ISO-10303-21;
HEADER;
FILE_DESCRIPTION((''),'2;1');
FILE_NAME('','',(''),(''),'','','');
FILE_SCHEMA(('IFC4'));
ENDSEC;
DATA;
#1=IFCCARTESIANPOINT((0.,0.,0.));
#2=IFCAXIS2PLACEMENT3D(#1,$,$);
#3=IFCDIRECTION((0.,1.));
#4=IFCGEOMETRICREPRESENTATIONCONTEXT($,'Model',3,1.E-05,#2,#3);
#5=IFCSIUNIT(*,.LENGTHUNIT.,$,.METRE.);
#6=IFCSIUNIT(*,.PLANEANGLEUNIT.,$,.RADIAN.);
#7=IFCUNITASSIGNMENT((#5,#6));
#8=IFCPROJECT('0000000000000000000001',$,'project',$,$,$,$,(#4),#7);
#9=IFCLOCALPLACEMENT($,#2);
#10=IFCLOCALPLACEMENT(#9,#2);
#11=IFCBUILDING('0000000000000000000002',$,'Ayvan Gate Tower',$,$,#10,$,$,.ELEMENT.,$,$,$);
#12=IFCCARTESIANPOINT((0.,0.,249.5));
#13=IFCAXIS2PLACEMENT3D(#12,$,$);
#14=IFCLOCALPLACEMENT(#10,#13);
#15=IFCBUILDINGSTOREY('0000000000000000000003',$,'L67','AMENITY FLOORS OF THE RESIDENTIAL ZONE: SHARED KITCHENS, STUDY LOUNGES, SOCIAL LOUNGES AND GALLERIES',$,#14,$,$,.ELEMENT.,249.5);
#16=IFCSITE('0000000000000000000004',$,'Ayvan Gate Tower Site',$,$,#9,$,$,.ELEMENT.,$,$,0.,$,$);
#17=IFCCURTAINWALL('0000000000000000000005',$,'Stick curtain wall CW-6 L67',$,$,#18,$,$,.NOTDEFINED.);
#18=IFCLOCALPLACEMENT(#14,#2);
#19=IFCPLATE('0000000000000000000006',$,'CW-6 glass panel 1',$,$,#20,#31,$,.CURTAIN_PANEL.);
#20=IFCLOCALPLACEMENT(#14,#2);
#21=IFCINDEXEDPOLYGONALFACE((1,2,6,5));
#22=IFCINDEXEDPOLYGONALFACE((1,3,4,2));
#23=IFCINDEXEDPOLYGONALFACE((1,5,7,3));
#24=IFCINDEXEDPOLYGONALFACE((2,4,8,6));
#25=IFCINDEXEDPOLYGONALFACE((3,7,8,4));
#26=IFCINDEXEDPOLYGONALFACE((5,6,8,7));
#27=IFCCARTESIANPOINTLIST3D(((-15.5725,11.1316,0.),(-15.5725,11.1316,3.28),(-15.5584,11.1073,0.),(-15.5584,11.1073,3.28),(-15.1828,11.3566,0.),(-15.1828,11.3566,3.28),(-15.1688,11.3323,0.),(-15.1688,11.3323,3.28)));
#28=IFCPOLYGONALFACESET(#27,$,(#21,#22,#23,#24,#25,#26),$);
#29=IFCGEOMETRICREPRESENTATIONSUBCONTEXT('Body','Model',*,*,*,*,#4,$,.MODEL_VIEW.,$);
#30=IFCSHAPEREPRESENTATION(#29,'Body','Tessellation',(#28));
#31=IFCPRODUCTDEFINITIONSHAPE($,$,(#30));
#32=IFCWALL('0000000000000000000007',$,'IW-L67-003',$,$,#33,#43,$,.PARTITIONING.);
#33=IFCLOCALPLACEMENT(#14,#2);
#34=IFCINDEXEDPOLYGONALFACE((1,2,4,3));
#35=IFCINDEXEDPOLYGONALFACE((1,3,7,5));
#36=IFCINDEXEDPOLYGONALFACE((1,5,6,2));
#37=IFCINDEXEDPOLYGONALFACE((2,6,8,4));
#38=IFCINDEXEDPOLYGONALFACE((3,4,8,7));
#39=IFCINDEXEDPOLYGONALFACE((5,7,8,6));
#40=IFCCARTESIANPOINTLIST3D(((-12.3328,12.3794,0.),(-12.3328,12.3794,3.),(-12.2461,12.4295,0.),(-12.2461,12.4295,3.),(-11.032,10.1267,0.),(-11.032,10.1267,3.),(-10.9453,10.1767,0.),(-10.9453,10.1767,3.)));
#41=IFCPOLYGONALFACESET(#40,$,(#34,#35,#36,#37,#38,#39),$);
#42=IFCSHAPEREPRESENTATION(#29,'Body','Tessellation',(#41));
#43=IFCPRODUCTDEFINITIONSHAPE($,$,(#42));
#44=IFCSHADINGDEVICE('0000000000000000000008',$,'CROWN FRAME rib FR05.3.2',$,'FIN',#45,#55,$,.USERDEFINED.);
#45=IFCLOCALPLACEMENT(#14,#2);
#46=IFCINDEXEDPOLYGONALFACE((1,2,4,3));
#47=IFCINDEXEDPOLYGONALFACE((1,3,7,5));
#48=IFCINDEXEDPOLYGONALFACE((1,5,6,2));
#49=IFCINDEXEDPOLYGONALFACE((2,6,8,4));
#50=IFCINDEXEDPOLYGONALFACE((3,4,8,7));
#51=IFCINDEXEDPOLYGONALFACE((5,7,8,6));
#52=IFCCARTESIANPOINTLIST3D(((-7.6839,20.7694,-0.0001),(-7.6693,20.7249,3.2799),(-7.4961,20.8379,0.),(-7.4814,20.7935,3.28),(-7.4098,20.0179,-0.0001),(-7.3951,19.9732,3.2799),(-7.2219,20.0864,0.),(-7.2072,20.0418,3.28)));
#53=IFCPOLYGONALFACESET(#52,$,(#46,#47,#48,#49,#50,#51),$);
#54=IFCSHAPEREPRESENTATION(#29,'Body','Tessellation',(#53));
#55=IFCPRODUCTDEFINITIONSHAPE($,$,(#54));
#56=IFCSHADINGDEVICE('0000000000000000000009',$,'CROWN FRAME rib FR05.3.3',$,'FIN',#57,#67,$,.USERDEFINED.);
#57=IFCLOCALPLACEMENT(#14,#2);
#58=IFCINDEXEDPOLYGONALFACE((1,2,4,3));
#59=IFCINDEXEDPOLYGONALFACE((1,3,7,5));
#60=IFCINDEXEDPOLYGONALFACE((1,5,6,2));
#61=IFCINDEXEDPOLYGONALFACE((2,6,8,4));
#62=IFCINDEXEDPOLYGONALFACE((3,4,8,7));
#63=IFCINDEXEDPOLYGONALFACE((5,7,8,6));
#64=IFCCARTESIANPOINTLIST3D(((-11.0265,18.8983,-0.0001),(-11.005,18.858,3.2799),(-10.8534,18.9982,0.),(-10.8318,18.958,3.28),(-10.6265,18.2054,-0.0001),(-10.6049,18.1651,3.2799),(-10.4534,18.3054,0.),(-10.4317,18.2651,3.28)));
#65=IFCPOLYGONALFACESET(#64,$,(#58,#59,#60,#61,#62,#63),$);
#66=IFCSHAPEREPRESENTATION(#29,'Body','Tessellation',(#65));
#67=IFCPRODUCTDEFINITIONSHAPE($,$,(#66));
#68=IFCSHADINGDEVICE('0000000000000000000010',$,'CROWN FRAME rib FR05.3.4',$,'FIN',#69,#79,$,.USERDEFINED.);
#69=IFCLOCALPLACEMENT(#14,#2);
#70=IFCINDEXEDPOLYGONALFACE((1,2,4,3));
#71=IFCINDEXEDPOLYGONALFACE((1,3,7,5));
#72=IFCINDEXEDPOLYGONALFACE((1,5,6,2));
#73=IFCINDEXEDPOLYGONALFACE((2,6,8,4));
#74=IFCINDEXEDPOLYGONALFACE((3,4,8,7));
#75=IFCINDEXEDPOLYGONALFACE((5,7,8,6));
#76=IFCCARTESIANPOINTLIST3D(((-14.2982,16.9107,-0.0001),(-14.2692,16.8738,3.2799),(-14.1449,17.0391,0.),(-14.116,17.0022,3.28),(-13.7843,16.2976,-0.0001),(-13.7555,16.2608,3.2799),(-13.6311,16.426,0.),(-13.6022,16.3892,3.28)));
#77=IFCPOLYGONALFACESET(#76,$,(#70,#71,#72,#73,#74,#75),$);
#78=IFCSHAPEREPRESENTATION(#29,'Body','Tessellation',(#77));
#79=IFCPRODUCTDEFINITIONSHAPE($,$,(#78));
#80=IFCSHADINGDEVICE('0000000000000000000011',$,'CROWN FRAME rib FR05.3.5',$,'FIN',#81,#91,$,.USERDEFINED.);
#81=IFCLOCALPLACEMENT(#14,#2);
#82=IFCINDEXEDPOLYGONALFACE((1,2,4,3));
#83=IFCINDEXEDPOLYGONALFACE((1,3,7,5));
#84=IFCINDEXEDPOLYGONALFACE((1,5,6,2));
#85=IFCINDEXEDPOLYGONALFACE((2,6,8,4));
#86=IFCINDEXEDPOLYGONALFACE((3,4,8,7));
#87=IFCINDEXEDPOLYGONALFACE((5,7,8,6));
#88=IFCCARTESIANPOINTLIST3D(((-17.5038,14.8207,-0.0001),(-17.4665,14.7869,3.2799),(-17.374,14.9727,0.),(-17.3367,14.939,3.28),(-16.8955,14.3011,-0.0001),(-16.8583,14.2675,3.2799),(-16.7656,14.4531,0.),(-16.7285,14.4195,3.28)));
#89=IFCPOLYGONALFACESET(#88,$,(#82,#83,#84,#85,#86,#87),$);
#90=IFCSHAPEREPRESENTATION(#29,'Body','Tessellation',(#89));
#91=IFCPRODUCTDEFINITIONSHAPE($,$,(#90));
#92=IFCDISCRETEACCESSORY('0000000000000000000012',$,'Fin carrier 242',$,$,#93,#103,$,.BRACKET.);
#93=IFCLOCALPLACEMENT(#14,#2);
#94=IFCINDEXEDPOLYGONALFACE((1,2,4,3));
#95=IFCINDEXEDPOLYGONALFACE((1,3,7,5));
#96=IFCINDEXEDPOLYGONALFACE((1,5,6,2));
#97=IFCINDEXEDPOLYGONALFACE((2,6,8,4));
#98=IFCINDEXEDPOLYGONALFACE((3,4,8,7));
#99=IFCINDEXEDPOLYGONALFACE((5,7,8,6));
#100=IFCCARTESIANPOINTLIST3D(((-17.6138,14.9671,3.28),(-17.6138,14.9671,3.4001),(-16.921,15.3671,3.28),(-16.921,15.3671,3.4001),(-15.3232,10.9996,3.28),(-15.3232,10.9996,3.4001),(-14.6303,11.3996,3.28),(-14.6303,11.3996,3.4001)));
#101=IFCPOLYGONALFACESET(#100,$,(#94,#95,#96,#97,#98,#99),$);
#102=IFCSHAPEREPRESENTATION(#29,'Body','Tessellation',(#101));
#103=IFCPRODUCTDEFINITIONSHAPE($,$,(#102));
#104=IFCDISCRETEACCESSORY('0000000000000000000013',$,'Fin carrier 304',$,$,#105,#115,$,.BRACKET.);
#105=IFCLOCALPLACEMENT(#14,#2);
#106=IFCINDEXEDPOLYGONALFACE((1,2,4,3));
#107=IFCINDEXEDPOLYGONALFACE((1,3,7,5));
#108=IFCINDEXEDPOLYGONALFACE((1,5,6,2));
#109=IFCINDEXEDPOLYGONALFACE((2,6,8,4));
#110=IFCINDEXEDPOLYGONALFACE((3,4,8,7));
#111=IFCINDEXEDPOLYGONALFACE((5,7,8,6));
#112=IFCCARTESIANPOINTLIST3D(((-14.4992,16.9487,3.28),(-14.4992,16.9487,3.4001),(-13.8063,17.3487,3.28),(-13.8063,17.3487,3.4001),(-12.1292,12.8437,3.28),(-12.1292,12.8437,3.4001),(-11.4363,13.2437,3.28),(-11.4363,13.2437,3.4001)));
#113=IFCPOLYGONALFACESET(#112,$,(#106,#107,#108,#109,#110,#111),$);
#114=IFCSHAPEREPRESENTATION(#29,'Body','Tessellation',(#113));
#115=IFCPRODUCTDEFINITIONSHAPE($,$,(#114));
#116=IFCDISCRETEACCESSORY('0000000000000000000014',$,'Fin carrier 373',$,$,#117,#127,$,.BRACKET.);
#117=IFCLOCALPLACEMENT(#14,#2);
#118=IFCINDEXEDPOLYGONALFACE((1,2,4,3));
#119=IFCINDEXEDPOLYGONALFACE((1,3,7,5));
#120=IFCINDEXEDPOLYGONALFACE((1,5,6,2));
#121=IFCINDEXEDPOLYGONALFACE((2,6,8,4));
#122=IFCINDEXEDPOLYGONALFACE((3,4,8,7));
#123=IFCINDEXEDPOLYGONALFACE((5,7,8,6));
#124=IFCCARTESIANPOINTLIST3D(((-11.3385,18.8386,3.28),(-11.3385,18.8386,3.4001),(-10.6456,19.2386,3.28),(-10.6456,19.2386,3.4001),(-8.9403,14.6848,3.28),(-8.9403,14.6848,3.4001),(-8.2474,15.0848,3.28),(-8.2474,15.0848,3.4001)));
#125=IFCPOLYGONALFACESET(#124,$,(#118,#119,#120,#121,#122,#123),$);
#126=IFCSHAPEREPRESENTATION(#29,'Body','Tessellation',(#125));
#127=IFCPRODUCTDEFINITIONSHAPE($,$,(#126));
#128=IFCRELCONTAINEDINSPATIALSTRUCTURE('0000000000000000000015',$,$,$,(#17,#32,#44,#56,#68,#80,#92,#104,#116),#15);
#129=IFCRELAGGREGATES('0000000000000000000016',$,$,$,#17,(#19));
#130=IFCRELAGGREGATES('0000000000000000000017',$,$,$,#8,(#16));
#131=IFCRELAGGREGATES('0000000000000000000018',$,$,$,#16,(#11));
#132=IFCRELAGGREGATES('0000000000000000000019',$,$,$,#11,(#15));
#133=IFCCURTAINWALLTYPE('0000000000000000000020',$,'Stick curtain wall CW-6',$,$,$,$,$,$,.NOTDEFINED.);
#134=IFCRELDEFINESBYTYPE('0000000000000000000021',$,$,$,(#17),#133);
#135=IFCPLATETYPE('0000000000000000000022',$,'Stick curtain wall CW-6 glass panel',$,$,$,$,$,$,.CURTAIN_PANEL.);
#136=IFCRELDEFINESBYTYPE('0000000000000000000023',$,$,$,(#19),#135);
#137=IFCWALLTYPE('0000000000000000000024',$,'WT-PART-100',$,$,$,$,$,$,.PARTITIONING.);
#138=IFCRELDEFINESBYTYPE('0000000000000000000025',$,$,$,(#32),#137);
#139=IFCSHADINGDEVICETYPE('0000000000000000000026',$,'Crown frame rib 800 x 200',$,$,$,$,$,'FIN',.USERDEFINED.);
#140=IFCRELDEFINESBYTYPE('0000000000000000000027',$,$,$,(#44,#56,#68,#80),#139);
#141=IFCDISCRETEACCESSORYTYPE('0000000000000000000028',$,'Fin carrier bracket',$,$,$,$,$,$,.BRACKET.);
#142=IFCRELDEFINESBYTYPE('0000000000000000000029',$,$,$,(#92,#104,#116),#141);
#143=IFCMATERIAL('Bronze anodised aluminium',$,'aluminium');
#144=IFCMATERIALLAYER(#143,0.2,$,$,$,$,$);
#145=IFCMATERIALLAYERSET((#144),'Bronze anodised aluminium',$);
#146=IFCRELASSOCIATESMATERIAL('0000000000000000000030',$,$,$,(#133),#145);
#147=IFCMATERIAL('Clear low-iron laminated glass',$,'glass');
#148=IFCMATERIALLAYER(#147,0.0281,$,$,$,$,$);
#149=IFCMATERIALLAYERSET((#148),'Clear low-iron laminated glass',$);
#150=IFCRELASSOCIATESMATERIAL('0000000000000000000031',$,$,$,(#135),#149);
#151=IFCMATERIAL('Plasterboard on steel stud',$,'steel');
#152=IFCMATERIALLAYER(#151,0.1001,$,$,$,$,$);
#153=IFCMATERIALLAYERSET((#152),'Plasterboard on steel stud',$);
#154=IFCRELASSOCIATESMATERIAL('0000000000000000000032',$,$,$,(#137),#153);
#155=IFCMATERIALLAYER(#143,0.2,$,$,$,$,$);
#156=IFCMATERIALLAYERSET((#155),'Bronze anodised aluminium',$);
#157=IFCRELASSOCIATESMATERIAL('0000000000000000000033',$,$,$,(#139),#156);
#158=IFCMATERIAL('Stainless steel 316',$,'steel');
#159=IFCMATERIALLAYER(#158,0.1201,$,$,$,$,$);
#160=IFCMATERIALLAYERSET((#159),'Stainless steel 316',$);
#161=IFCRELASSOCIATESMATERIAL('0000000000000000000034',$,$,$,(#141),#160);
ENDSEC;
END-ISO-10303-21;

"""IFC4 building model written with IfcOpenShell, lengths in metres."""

from ifc_helpers import new_model, si_unit, direction, frame, frame_2d, origin, origin_2d, place, context, subcontext, project, spatial, polyline, rectangle, outline, extrude, material, layer, layer_set, type_object, element, aggregate, save


model = new_model("IFC4")

# Units and contexts
model_context = context("Model", 3, precision=1e-05, world=origin(), true_north=direction((0.0, 1.0)))
body_context = subcontext(model_context, "Body", "Model", "MODEL_VIEW")
ifc_project = project(units=[si_unit("LENGTHUNIT", "METRE"), si_unit("PLANEANGLEUNIT", "RADIAN")], contexts=[model_context])

# Site, building, storey
site_placement = place(None, origin())
site = spatial("IfcSite", under=ifc_project, at=site_placement, Name="Ayvan Gate Tower Site", CompositionType="ELEMENT", RefElevation=0.0)
building_placement = place(site_placement, origin())
building = spatial("IfcBuilding", under=site, at=building_placement, Name="Ayvan Gate Tower", CompositionType="ELEMENT")
storey_placement = place(building_placement, frame((0.0, 0.0, 249.5)))
storey = spatial("IfcBuildingStorey", under=building, at=storey_placement, Name="L67", Description="AMENITY FLOORS OF THE RESIDENTIAL ZONE: SHARED KITCHENS, STUDY LOUNGES, SOCIAL LOUNGES AND GALLERIES", CompositionType="ELEMENT", Elevation=249.5)

# Curtain wall
ifc_material_1 = material(Name="Bronze anodised aluminium", Category="aluminium")
ifc_layer_1 = layer(ifc_material_1, 0.2)
ifc_layer_set_1 = layer_set([ifc_layer_1], Name="Bronze anodised aluminium")
curtain_wall_type_1 = type_object("IfcCurtainWallType", Name="Stick curtain wall CW-6", PredefinedType="NOTDEFINED", material=ifc_layer_set_1)
curtain_wall_1_placement = place(storey_placement, origin())
curtain_wall_1 = element("IfcCurtainWall", 1, at=curtain_wall_1_placement, inside=storey, type_object=curtain_wall_type_1, Name="Stick curtain wall CW-6 L67", PredefinedType="NOTDEFINED")

# Plate
ifc_material_2 = material(Name="Clear low-iron laminated glass", Category="glass")
ifc_layer_2 = layer(ifc_material_2, 0.0281)
ifc_layer_set_2 = layer_set([ifc_layer_2], Name="Clear low-iron laminated glass")
plate_type_1 = type_object("IfcPlateType", Name="Stick curtain wall CW-6 glass panel", PredefinedType="CURTAIN_PANEL", material=ifc_layer_set_2)
plate_1_placement = place(storey_placement, frame((-15.3706, 11.2319, 0.0), z_axis=(0.0, 0.0, 1.0), x_axis=(-0.866025, -0.5, 0.0)))
plate_1 = element("IfcPlate", 2, at=plate_1_placement, type_object=plate_type_1, Name="CW-6 glass panel 1", PredefinedType="CURTAIN_PANEL", context=body_context, shape_type="SweptSolid", body=[
    extrude(rectangle(XDim=0.45, YDim=0.0281, at=origin_2d()), origin(), (0.0, 0.0, 1.0), 3.28),
])
aggregate(curtain_wall_1, [plate_1])

# Wall
ifc_material_3 = material(Name="Plasterboard on steel stud", Category="steel")
ifc_layer_3 = layer(ifc_material_3, 0.1001)
ifc_layer_set_3 = layer_set([ifc_layer_3], Name="Plasterboard on steel stud")
wall_type = type_object("IfcWallType", Name="WT-PART-100", PredefinedType="PARTITIONING", material=ifc_layer_set_3)
wall_placement = place(storey_placement, frame((-12.2896, 12.4045, 0.0), z_axis=(0.0, 0.0, 1.0), x_axis=(0.500056, -0.865993, 0.0)))
element("IfcWall", 3, at=wall_placement, inside=storey, type_object=wall_type, Name="IW-L67-003", PredefinedType="PARTITIONING", context=body_context, shape_type="SweptSolid", body=[
    extrude(rectangle(XDim=2.6013, YDim=0.1001, at=frame_2d((1.3008, 0.0))), origin(), (0.0, 0.0, 1.0), 3.0),
])

# Shading devices
ifc_layer_4 = layer(ifc_material_1, 0.2)
ifc_layer_set_4 = layer_set([ifc_layer_4], Name="Bronze anodised aluminium")
shading_device_type = type_object("IfcShadingDeviceType", Name="Crown frame rib 800 x 200", ElementType="FIN", PredefinedType="USERDEFINED", material=ifc_layer_set_4)
shading_device_1_placement = place(storey_placement, frame((-7.2219, 20.0864, 0.0), z_axis=(0.939445, 0.342698, 0.00046), x_axis=(-0.342698, 0.939445, 0.0)))
element("IfcShadingDevice", 4, at=shading_device_1_placement, inside=storey, type_object=shading_device_type, Name="CROWN FRAME rib FR05.3.2", ObjectType="FIN", PredefinedType="USERDEFINED", context=body_context, shape_type="SweptSolid", body=[
    extrude(outline(polyline([(0.0, 0.0), (0.7999, 0.0), (0.7532, 3.28), (-0.047, 3.28), (0.0, 0.0)])), origin(), (0.0, 0.0, -1.0), 0.2),
])
shading_device_2_placement = place(storey_placement, frame((-10.4534, 18.3054, 0.0), z_axis=(0.866028, 0.499995, 0.000436), x_axis=(-0.499995, 0.866028, 0.0)))
element("IfcShadingDevice", 5, at=shading_device_2_placement, inside=storey, type_object=shading_device_type, Name="CROWN FRAME rib FR05.3.3", ObjectType="FIN", PredefinedType="USERDEFINED", context=body_context, shape_type="SweptSolid", body=[
    extrude(outline(polyline([(0.0, 0.0), (0.8, 0.0), (0.7544, 3.28), (-0.0458, 3.28), (0.0, 0.0)])), origin(), (0.0, 0.0, -1.0), 0.2),
])
shading_device_3_placement = place(storey_placement, frame((-13.6311, 16.426, 0.0), z_axis=(0.766417, 0.642343, 0.00046), x_axis=(-0.642343, 0.766417, 0.0)))
element("IfcShadingDevice", 6, at=shading_device_3_placement, inside=storey, type_object=shading_device_type, Name="CROWN FRAME rib FR05.3.4", ObjectType="FIN", PredefinedType="USERDEFINED", context=body_context, shape_type="SweptSolid", body=[
    extrude(outline(polyline([(0.0, 0.0), (0.8, 0.0), (0.753, 3.28), (-0.0468, 3.28), (0.0, 0.0)])), origin(), (0.0, 0.0, -1.0), 0.2),
])
shading_device_4_placement = place(storey_placement, frame((-16.7656, 14.4531, 0.0), z_axis=(0.649458, 0.760397, 0.000439), x_axis=(-0.760397, 0.649458, 0.0)))
element("IfcShadingDevice", 7, at=shading_device_4_placement, inside=storey, type_object=shading_device_type, Name="CROWN FRAME rib FR05.3.5", ObjectType="FIN", PredefinedType="USERDEFINED", context=body_context, shape_type="SweptSolid", body=[
    extrude(outline(polyline([(0.0, 0.0), (0.8, 0.0), (0.7498, 3.28), (-0.0501, 3.28), (0.0, 0.0)])), origin(), (0.0, 0.0, -1.0), 0.2),
])

# Discrete accessories
ifc_material_4 = material(Name="Stainless steel 316", Category="steel")
ifc_layer_5 = layer(ifc_material_4, 0.1201)
ifc_layer_set_5 = layer_set([ifc_layer_5], Name="Stainless steel 316")
discrete_accessory_type = type_object("IfcDiscreteAccessoryType", Name="Fin carrier bracket", PredefinedType="BRACKET", material=ifc_layer_set_5)
discrete_accessory_1_placement = place(storey_placement, frame((-16.1221, 13.1833, 3.28), z_axis=(0.0, 0.0, 1.0), x_axis=(-0.866025, -0.5, 0.0)))
element("IfcDiscreteAccessory", 8, at=discrete_accessory_1_placement, inside=storey, type_object=discrete_accessory_type, Name="Fin carrier 242", PredefinedType="BRACKET", context=body_context, shape_type="SweptSolid", body=[
    extrude(rectangle(XDim=0.8, YDim=4.5813, at=origin_2d()), origin(), (0.0, 0.0, 1.0), 0.1201),
])
discrete_accessory_2_placement = place(storey_placement, frame((-12.9678, 15.0962, 3.28), z_axis=(0.0, 0.0, 1.0), x_axis=(-0.866025, -0.5, 0.0)))
element("IfcDiscreteAccessory", 9, at=discrete_accessory_2_placement, inside=storey, type_object=discrete_accessory_type, Name="Fin carrier 304", PredefinedType="BRACKET", context=body_context, shape_type="SweptSolid", body=[
    extrude(rectangle(XDim=0.8, YDim=4.74, at=origin_2d()), origin(), (0.0, 0.0, 1.0), 0.1201),
])
discrete_accessory_3_placement = place(storey_placement, frame((-9.793, 16.9617, 3.28), z_axis=(0.0, 0.0, 1.0), x_axis=(-0.866025, -0.5, 0.0)))
element("IfcDiscreteAccessory", 10, at=discrete_accessory_3_placement, inside=storey, type_object=discrete_accessory_type, Name="Fin carrier 373", PredefinedType="BRACKET", context=body_context, shape_type="SweptSolid", body=[
    extrude(rectangle(XDim=0.8, YDim=4.7964, at=origin_2d()), origin(), (0.0, 0.0, 1.0), 0.1201),
])

save(model, "model.ifc")
